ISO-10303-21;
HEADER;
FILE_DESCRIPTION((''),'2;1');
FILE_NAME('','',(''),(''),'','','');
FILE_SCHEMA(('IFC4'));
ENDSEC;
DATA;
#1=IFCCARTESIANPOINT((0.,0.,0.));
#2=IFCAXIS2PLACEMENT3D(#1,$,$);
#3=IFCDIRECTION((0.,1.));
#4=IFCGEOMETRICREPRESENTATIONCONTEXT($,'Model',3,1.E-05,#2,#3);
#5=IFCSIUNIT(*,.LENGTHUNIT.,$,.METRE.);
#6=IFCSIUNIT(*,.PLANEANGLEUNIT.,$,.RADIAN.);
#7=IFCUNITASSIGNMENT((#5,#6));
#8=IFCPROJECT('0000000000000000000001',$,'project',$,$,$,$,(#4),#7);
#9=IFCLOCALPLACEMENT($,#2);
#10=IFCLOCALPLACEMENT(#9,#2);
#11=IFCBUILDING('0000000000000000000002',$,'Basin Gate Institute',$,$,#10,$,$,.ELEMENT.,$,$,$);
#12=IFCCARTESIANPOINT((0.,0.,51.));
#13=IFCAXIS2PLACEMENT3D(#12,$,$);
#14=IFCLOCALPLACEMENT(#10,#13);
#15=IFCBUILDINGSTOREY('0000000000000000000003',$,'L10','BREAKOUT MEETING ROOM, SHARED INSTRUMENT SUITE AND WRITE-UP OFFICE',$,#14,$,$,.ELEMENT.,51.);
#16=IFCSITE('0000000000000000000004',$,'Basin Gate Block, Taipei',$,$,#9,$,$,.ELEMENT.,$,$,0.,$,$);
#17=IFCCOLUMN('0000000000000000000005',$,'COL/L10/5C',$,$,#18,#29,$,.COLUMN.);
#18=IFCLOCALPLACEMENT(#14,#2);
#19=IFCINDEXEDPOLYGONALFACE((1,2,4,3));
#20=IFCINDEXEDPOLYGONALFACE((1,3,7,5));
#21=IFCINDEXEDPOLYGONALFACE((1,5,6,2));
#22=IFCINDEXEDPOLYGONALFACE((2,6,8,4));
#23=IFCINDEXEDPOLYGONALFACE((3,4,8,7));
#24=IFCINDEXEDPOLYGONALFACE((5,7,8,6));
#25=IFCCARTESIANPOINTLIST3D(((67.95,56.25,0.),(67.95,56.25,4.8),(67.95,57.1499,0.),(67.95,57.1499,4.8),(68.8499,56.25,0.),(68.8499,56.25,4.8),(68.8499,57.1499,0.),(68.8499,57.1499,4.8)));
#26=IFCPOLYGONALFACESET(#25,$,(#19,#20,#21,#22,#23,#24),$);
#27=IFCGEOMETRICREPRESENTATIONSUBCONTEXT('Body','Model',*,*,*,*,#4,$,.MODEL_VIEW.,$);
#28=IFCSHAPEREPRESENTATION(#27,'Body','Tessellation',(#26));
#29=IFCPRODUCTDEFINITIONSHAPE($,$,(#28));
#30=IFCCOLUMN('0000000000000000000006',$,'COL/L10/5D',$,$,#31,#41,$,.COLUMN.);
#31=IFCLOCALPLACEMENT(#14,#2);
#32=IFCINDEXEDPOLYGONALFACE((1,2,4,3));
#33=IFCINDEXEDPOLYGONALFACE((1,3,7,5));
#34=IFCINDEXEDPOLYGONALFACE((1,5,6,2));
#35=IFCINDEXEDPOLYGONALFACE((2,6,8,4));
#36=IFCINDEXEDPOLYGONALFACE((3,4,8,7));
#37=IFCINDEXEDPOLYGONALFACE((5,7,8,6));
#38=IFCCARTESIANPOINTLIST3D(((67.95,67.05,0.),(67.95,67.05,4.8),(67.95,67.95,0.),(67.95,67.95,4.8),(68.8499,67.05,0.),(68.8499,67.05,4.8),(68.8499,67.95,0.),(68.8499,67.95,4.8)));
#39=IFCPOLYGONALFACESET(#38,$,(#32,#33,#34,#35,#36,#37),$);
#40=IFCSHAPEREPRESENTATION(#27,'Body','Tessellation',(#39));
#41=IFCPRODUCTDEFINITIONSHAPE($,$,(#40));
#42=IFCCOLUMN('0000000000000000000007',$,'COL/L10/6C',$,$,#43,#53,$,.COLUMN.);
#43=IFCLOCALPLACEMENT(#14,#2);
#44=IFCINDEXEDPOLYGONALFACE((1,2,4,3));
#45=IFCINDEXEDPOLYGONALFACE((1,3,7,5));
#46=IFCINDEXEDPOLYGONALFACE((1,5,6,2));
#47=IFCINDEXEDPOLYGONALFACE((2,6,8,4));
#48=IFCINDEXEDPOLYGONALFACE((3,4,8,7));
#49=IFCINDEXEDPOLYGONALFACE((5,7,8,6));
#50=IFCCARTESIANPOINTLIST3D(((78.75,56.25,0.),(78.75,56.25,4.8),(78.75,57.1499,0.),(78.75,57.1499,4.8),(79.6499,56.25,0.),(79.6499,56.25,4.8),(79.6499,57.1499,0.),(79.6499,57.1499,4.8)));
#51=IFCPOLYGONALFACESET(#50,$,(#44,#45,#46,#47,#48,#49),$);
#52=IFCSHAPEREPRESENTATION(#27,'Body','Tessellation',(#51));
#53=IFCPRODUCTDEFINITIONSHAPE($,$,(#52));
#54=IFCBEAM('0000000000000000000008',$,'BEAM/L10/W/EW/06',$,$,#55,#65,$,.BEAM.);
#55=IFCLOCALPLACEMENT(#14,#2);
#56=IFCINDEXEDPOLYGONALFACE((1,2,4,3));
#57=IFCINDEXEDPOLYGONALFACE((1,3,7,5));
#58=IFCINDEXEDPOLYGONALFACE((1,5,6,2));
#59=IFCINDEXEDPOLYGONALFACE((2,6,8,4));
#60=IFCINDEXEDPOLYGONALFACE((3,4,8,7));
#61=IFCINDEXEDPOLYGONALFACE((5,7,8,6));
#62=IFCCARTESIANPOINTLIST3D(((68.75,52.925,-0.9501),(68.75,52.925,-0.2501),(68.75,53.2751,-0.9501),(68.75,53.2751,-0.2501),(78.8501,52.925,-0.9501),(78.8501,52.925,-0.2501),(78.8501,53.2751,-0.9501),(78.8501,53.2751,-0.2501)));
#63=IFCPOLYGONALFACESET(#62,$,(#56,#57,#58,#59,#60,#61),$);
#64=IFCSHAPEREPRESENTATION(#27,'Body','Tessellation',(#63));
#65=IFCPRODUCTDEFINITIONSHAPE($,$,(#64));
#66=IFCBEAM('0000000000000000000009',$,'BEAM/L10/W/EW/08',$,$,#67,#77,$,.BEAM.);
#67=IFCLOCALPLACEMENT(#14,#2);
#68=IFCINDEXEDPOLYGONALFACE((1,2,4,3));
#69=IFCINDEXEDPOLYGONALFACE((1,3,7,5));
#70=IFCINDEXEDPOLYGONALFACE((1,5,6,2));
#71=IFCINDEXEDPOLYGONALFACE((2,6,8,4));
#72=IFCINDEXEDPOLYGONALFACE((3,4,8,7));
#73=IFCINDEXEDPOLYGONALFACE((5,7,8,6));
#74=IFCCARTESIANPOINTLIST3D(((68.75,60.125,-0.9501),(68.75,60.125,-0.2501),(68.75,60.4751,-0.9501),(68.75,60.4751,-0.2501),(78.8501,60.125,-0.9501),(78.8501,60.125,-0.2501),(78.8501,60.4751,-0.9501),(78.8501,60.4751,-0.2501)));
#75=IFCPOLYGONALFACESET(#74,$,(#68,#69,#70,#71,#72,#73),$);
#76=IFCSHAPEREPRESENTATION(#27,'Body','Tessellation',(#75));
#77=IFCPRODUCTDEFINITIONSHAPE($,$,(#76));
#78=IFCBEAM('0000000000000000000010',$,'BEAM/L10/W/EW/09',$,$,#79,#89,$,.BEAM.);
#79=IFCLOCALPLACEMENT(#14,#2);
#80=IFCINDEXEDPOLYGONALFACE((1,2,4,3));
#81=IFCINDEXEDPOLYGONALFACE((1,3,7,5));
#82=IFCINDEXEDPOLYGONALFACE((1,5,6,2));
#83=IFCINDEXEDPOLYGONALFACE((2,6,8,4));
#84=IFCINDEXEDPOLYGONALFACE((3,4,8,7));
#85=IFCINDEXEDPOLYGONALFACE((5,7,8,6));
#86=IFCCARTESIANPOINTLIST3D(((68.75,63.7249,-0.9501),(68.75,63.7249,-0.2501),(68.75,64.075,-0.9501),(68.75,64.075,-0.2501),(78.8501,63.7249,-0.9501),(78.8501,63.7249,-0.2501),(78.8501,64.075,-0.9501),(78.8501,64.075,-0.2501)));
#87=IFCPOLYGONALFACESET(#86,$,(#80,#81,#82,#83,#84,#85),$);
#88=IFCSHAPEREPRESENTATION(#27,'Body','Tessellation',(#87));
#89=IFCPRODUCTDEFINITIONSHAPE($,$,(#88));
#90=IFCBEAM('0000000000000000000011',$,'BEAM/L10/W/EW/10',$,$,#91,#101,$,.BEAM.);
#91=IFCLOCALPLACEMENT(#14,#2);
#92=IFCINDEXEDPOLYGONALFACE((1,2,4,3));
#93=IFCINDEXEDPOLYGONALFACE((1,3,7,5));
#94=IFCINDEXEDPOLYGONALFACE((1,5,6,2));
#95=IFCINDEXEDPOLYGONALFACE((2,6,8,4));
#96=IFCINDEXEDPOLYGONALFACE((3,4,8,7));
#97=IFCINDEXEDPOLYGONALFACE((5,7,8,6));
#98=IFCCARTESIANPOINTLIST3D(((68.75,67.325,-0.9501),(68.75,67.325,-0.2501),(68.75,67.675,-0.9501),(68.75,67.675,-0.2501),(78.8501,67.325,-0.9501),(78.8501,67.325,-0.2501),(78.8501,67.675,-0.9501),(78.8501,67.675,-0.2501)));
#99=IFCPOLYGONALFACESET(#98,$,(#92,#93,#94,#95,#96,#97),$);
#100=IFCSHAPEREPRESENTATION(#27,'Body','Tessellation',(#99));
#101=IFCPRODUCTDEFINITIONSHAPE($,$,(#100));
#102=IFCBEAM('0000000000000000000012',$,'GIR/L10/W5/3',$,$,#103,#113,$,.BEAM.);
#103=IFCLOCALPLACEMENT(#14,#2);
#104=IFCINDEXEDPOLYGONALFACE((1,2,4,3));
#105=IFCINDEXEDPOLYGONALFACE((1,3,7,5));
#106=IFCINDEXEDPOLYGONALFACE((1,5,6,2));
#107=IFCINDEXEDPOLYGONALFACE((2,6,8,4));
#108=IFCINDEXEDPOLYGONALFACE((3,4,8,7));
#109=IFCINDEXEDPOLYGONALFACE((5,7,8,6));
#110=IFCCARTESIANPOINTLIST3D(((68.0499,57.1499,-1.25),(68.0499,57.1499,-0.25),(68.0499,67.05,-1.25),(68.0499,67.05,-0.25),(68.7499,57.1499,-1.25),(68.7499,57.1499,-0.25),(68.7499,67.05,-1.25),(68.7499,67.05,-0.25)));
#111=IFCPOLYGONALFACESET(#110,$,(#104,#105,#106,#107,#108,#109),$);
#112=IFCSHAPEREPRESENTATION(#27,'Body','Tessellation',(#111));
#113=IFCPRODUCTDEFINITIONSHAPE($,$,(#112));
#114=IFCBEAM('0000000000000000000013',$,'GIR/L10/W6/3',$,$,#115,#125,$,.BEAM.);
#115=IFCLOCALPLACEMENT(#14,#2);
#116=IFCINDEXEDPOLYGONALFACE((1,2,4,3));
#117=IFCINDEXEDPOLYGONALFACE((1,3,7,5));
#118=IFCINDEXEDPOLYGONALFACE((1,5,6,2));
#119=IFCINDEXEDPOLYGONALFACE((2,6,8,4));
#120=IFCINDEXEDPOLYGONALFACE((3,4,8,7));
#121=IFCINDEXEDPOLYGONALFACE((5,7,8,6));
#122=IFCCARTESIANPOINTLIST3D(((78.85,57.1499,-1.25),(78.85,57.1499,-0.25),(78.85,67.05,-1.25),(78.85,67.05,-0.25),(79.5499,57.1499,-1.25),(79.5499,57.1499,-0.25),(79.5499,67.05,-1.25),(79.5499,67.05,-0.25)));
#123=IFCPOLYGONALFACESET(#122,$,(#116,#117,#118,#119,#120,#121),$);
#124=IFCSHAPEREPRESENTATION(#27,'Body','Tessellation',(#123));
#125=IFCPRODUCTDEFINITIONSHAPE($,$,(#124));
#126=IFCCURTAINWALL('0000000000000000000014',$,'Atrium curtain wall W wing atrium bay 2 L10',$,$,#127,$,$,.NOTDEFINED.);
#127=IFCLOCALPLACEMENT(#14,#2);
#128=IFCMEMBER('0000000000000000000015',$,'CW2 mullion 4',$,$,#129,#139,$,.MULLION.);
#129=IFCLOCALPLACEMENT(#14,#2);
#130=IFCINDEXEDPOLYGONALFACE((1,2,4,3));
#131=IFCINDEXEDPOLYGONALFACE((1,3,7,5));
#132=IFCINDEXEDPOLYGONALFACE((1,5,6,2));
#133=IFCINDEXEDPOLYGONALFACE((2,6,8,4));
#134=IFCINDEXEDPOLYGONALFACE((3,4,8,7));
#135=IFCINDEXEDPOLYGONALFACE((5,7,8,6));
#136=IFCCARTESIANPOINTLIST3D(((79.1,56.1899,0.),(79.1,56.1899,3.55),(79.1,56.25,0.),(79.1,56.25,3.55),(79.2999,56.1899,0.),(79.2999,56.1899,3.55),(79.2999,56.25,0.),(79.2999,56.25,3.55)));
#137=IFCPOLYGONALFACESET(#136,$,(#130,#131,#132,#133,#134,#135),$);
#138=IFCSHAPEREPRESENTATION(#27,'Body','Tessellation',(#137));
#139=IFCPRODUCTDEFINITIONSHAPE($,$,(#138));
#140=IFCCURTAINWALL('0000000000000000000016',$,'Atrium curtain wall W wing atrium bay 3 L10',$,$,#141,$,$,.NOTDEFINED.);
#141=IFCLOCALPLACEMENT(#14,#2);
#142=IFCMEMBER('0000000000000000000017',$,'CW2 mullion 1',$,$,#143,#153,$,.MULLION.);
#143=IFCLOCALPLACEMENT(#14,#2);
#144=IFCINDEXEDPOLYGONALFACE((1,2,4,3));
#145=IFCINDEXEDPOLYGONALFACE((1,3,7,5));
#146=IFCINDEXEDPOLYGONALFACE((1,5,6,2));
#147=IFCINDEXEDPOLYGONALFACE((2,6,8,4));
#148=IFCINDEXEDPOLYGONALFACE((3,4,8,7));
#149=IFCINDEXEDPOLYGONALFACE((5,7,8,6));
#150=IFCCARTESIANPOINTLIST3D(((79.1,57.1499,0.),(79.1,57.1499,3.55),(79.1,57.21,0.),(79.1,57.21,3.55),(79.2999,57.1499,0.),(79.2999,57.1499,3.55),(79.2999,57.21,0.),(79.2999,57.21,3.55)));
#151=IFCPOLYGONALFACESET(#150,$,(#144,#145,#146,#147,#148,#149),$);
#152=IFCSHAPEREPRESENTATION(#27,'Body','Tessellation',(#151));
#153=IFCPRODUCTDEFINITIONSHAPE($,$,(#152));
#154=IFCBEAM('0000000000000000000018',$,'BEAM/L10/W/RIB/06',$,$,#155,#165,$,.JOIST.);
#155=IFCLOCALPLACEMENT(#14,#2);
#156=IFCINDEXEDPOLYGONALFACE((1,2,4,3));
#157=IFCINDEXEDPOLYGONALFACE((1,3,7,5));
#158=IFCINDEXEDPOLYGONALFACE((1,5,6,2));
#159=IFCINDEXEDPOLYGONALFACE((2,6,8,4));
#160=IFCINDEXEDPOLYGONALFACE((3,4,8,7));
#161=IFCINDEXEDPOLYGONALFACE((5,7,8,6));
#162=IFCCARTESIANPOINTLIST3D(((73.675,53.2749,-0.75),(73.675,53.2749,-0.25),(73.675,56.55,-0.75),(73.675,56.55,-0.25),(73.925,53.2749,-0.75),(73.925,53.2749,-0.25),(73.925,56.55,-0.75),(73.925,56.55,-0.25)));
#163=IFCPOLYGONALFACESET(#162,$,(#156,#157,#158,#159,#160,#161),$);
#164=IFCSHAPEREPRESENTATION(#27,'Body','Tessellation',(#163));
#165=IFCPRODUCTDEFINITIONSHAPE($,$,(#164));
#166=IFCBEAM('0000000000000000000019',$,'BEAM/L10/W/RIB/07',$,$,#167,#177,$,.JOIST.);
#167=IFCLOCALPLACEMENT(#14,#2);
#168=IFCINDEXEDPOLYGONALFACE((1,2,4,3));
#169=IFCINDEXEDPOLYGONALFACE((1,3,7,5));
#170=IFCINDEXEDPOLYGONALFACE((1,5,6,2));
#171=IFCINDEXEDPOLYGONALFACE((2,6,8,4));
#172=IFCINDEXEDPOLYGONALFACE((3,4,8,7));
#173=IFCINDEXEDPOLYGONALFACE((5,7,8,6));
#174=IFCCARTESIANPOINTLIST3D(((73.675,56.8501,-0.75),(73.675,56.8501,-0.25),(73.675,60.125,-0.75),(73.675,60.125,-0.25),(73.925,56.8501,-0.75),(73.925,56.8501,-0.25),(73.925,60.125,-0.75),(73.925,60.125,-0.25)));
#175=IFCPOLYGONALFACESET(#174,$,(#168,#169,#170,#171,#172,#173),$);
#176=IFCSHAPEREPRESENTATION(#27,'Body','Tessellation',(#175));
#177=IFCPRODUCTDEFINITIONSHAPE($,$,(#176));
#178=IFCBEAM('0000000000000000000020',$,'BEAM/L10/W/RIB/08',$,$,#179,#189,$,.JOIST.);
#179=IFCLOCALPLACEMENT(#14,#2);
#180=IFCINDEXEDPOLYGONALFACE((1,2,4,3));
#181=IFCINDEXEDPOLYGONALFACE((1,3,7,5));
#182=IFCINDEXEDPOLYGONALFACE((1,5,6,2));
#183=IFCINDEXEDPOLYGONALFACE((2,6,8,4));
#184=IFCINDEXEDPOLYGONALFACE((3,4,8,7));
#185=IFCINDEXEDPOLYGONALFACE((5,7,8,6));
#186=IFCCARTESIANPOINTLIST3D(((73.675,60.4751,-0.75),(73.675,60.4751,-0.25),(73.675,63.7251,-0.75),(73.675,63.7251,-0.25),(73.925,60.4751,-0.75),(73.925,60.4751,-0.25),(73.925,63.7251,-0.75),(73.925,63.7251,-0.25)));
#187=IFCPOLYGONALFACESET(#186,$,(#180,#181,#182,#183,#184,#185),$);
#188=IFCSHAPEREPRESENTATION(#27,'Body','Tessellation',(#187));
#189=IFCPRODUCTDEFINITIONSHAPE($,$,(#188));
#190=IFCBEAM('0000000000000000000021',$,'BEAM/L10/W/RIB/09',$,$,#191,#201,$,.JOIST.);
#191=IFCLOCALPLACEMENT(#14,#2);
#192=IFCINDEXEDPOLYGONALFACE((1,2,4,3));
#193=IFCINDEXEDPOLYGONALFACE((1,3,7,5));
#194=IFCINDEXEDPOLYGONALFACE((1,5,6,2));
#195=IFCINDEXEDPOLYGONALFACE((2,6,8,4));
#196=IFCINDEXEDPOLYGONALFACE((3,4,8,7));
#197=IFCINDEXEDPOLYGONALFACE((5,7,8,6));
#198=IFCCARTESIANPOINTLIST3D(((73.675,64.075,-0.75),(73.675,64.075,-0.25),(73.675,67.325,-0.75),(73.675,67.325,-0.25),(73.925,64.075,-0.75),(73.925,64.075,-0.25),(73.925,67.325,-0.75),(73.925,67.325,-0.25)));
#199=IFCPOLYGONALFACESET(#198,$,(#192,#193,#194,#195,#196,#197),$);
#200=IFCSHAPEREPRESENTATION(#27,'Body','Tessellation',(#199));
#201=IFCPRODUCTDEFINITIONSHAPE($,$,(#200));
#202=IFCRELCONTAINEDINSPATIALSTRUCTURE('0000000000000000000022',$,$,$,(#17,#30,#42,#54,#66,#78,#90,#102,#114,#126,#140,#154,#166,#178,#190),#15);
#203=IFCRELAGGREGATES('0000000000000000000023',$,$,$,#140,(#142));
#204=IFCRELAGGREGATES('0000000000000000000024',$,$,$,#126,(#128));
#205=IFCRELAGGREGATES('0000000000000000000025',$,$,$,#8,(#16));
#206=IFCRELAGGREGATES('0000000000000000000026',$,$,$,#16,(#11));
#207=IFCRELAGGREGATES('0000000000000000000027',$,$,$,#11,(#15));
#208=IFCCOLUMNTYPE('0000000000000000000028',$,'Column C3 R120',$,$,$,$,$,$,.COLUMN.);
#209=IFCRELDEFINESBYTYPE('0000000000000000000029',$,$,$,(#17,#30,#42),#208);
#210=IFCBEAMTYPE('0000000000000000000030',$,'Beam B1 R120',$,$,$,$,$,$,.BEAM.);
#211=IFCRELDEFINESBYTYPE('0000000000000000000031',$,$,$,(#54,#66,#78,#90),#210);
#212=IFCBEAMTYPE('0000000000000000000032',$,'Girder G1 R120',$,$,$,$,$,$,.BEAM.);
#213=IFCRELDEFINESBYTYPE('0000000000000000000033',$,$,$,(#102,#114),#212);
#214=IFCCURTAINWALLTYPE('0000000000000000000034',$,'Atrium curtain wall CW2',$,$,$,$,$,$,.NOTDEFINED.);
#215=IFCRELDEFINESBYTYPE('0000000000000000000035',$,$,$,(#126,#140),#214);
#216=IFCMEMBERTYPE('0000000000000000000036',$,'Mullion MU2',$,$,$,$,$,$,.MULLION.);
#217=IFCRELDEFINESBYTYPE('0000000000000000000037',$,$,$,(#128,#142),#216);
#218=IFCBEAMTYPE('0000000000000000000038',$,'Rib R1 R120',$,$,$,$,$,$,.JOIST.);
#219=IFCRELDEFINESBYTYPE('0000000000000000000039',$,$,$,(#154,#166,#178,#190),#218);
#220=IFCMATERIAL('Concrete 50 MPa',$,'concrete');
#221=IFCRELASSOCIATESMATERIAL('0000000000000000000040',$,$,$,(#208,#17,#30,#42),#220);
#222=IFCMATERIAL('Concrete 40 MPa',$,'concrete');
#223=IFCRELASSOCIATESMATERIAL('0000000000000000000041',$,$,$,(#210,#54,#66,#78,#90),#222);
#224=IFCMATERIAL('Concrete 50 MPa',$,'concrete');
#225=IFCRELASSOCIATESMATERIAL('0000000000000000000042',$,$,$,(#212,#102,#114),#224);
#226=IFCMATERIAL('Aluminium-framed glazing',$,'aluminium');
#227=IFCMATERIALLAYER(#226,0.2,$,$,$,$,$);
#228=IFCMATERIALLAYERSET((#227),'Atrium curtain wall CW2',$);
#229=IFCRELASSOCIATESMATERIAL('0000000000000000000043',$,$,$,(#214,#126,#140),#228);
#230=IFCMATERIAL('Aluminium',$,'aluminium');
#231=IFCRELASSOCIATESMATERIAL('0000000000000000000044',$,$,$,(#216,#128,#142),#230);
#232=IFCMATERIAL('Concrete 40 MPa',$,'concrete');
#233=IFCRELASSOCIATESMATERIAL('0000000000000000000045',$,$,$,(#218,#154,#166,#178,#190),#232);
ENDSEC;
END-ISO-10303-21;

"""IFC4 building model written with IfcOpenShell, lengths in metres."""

from ifc_helpers import new_model, si_unit, direction, frame, origin, origin_2d, place, context, subcontext, project, spatial, rectangle, extrude, material, layer, layer_set, material_profile, profile_set, type_object, element, aggregate, save


model = new_model("IFC4")

# Units and contexts
model_context = context("Model", 3, precision=1e-05, world=origin(), true_north=direction((0.0, 1.0)))
body_context = subcontext(model_context, "Body", "Model", "MODEL_VIEW")
ifc_project = project(units=[si_unit("LENGTHUNIT", "METRE"), si_unit("PLANEANGLEUNIT", "RADIAN")], contexts=[model_context])

# Site, building, storey
site_placement = place(None, origin())
site = spatial("IfcSite", under=ifc_project, at=site_placement, Name="Basin Gate Block, Taipei", CompositionType="ELEMENT", RefElevation=0.0)
building_placement = place(site_placement, origin())
building = spatial("IfcBuilding", under=site, at=building_placement, Name="Basin Gate Institute", CompositionType="ELEMENT")
storey_placement = place(building_placement, frame((0.0, 0.0, 51.0)))
storey = spatial("IfcBuildingStorey", under=building, at=storey_placement, Name="L10", Description="BREAKOUT MEETING ROOM, SHARED INSTRUMENT SUITE AND WRITE-UP OFFICE", CompositionType="ELEMENT", Elevation=51.0)

# Columns
ifc_material_1 = material(Name="Concrete 50 MPa", Category="concrete")
ifc_material_profile_1 = material_profile(ifc_material_1, rectangle(XDim=0.8999, YDim=0.8999, at=origin_2d()), Name="Column C3 900 x 900")
ifc_profile_set_1 = profile_set([ifc_material_profile_1], Name="Concrete 50 MPa")
column_type = type_object("IfcColumnType", Name="Column C3 R120", PredefinedType="COLUMN", material=ifc_profile_set_1)
for number, where, z_axis, x_axis, name in (
    (1, (68.3999, 56.7, 0.0), (0.0, 0.0, 1.0), (1.0, 0.0, 0.0), "COL/L10/5C"),
    (2, (68.3999, 67.5, 0.0), (0.0, 0.0, 1.0), (1.0, 0.0, 0.0), "COL/L10/5D"),
    (3, (79.2, 56.7, 0.0), (0.0, 0.0, 1.0), (1.0, 0.0, 0.0), "COL/L10/6C"),
):
    element("IfcColumn", number, at=place(storey_placement, frame(where, z_axis=z_axis, x_axis=x_axis)), inside=storey, type_object=column_type, material=ifc_profile_set_1, Name=name, PredefinedType="COLUMN", context=body_context, shape_type="SweptSolid", body=[
        extrude(rectangle(XDim=0.8999, YDim=0.8999, at=origin_2d()), origin(), (0.0, 0.0, 1.0), 4.8),
    ])

# Beams
ifc_material_2 = material(Name="Concrete 40 MPa", Category="concrete")
ifc_material_profile_2 = material_profile(ifc_material_2, rectangle(XDim=0.3501, YDim=0.7, at=origin_2d()), Name="Beam B1 350 x 700")
ifc_profile_set_2 = profile_set([ifc_material_profile_2], Name="Concrete 40 MPa")
beam_type_1 = type_object("IfcBeamType", Name="Beam B1 R120", PredefinedType="BEAM", material=ifc_profile_set_2)
for number, where, z_axis, x_axis, name in (
    (4, (68.75, 53.1001, -0.6001), (1.0, 0.0, 0.0), (0.0, 1.0, 0.0), "BEAM/L10/W/EW/06"),
    (5, (68.75, 60.3, -0.6001), (1.0, 0.0, 0.0), (0.0, 1.0, 0.0), "BEAM/L10/W/EW/08"),
    (6, (68.75, 63.8999, -0.6001), (1.0, 0.0, 0.0), (0.0, 1.0, 0.0), "BEAM/L10/W/EW/09"),
    (7, (68.75, 67.5, -0.6001), (1.0, 0.0, 0.0), (0.0, 1.0, 0.0), "BEAM/L10/W/EW/10"),
):
    element("IfcBeam", number, at=place(storey_placement, frame(where, z_axis=z_axis, x_axis=x_axis)), inside=storey, type_object=beam_type_1, material=ifc_profile_set_2, Name=name, PredefinedType="BEAM", context=body_context, shape_type="SweptSolid", body=[
        extrude(rectangle(XDim=0.3501, YDim=0.7, at=origin_2d()), origin(), (0.0, 0.0, 1.0), 10.1001),
    ])
ifc_material_3 = material(Name="Concrete 50 MPa", Category="concrete")
ifc_material_profile_3 = material_profile(ifc_material_3, rectangle(XDim=0.7, YDim=1.0, at=origin_2d()), Name="Girder G1 700 x 1000")
ifc_profile_set_3 = profile_set([ifc_material_profile_3], Name="Concrete 50 MPa")
beam_type_2 = type_object("IfcBeamType", Name="Girder G1 R120", PredefinedType="BEAM", material=ifc_profile_set_3)
for number, where, z_axis, x_axis, name in (
    (8, (68.3999, 57.1499, -0.75), (0.0, 1.0, 0.0), (-1.0, 0.0, 0.0), "GIR/L10/W5/3"),
    (9, (79.2, 57.1499, -0.75), (0.0, 1.0, 0.0), (-1.0, 0.0, 0.0), "GIR/L10/W6/3"),
):
    element("IfcBeam", number, at=place(storey_placement, frame(where, z_axis=z_axis, x_axis=x_axis)), inside=storey, type_object=beam_type_2, material=ifc_profile_set_3, Name=name, PredefinedType="BEAM", context=body_context, shape_type="SweptSolid", body=[
        extrude(rectangle(XDim=0.7, YDim=1.0, at=origin_2d()), origin(), (0.0, 0.0, 1.0), 9.9001),
    ])

# Curtain walls, members
ifc_material_4 = material(Name="Aluminium-framed glazing", Category="aluminium")
ifc_layer_1 = layer(ifc_material_4, 0.2)
ifc_layer_set_1 = layer_set([ifc_layer_1], Name="Atrium curtain wall CW2")
curtain_wall_type = type_object("IfcCurtainWallType", Name="Atrium curtain wall CW2", PredefinedType="NOTDEFINED", material=ifc_layer_set_1)
curtain_wall_1_placement = place(storey_placement, origin())
curtain_wall_1 = element("IfcCurtainWall", 10, at=curtain_wall_1_placement, inside=storey, type_object=curtain_wall_type, material=ifc_layer_set_1, Name="Atrium curtain wall W wing atrium bay 2 L10", PredefinedType="NOTDEFINED")
ifc_material_5 = material(Name="Aluminium", Category="aluminium")
ifc_material_profile_4 = material_profile(ifc_material_5, rectangle(XDim=0.2, YDim=0.0601, at=origin_2d()), Name="Mullion MU2 200 x 60")
ifc_profile_set_4 = profile_set([ifc_material_profile_4], Name="Aluminium")
member_type = type_object("IfcMemberType", Name="Mullion MU2", PredefinedType="MULLION", material=ifc_profile_set_4)
member_1_placement = place(storey_placement, frame((79.2, 56.22, 0.0), z_axis=(0.0, 0.0, 1.0), x_axis=(-1.0, 0.0, 0.0)))
member_1 = element("IfcMember", 11, at=member_1_placement, type_object=member_type, material=ifc_profile_set_4, Name="CW2 mullion 4", PredefinedType="MULLION", context=body_context, shape_type="SweptSolid", body=[
    extrude(rectangle(XDim=0.2, YDim=0.0601, at=origin_2d()), origin(), (0.0, 0.0, 1.0), 3.55),
])
curtain_wall_2_placement = place(storey_placement, origin())
curtain_wall_2 = element("IfcCurtainWall", 12, at=curtain_wall_2_placement, inside=storey, type_object=curtain_wall_type, material=ifc_layer_set_1, Name="Atrium curtain wall W wing atrium bay 3 L10", PredefinedType="NOTDEFINED")
member_2_placement = place(storey_placement, frame((79.2, 57.1799, 0.0), z_axis=(0.0, 0.0, 1.0), x_axis=(-1.0, 0.0, 0.0)))
member_2 = element("IfcMember", 13, at=member_2_placement, type_object=member_type, material=ifc_profile_set_4, Name="CW2 mullion 1", PredefinedType="MULLION", context=body_context, shape_type="SweptSolid", body=[
    extrude(rectangle(XDim=0.2, YDim=0.0601, at=origin_2d()), origin(), (0.0, 0.0, 1.0), 3.55),
])
aggregate(curtain_wall_2, [member_2])

# Beams
ifc_material_6 = material(Name="Concrete 40 MPa", Category="concrete")
ifc_material_profile_5 = material_profile(ifc_material_6, rectangle(XDim=0.25, YDim=0.5, at=origin_2d()), Name="Rib R1 250 x 500")
ifc_profile_set_5 = profile_set([ifc_material_profile_5], Name="Concrete 40 MPa")
beam_type_3 = type_object("IfcBeamType", Name="Rib R1 R120", PredefinedType="JOIST", material=ifc_profile_set_5)
beam_1_placement = place(storey_placement, frame((73.8, 53.2749, -0.5), z_axis=(0.0, 1.0, 0.0), x_axis=(-1.0, 0.0, 0.0)))
element("IfcBeam", 14, at=beam_1_placement, inside=storey, type_object=beam_type_3, material=ifc_profile_set_5, Name="BEAM/L10/W/RIB/06", PredefinedType="JOIST", context=body_context, shape_type="SweptSolid", body=[
    extrude(rectangle(XDim=0.25, YDim=0.5, at=origin_2d()), origin(), (0.0, 0.0, 1.0), 3.2751),
])
beam_2_placement = place(storey_placement, frame((73.8, 56.8501, -0.5), z_axis=(0.0, 1.0, 0.0), x_axis=(-1.0, 0.0, 0.0)))
element("IfcBeam", 15, at=beam_2_placement, inside=storey, type_object=beam_type_3, material=ifc_profile_set_5, Name="BEAM/L10/W/RIB/07", PredefinedType="JOIST", context=body_context, shape_type="SweptSolid", body=[
    extrude(rectangle(XDim=0.25, YDim=0.5, at=origin_2d()), origin(), (0.0, 0.0, 1.0), 3.2749),
])
for number, where, z_axis, x_axis, name in (
    (16, (73.8, 60.4751, -0.5), (0.0, 1.0, 0.0), (-1.0, 0.0, 0.0), "BEAM/L10/W/RIB/08"),
    (17, (73.8, 64.075, -0.5), (0.0, 1.0, 0.0), (-1.0, 0.0, 0.0), "BEAM/L10/W/RIB/09"),
):
    element("IfcBeam", number, at=place(storey_placement, frame(where, z_axis=z_axis, x_axis=x_axis)), inside=storey, type_object=beam_type_3, material=ifc_profile_set_5, Name=name, PredefinedType="JOIST", context=body_context, shape_type="SweptSolid", body=[
        extrude(rectangle(XDim=0.25, YDim=0.5, at=origin_2d()), origin(), (0.0, 0.0, 1.0), 3.25),
    ])

aggregate(curtain_wall_1, [member_1])

save(model, "model.ifc")
